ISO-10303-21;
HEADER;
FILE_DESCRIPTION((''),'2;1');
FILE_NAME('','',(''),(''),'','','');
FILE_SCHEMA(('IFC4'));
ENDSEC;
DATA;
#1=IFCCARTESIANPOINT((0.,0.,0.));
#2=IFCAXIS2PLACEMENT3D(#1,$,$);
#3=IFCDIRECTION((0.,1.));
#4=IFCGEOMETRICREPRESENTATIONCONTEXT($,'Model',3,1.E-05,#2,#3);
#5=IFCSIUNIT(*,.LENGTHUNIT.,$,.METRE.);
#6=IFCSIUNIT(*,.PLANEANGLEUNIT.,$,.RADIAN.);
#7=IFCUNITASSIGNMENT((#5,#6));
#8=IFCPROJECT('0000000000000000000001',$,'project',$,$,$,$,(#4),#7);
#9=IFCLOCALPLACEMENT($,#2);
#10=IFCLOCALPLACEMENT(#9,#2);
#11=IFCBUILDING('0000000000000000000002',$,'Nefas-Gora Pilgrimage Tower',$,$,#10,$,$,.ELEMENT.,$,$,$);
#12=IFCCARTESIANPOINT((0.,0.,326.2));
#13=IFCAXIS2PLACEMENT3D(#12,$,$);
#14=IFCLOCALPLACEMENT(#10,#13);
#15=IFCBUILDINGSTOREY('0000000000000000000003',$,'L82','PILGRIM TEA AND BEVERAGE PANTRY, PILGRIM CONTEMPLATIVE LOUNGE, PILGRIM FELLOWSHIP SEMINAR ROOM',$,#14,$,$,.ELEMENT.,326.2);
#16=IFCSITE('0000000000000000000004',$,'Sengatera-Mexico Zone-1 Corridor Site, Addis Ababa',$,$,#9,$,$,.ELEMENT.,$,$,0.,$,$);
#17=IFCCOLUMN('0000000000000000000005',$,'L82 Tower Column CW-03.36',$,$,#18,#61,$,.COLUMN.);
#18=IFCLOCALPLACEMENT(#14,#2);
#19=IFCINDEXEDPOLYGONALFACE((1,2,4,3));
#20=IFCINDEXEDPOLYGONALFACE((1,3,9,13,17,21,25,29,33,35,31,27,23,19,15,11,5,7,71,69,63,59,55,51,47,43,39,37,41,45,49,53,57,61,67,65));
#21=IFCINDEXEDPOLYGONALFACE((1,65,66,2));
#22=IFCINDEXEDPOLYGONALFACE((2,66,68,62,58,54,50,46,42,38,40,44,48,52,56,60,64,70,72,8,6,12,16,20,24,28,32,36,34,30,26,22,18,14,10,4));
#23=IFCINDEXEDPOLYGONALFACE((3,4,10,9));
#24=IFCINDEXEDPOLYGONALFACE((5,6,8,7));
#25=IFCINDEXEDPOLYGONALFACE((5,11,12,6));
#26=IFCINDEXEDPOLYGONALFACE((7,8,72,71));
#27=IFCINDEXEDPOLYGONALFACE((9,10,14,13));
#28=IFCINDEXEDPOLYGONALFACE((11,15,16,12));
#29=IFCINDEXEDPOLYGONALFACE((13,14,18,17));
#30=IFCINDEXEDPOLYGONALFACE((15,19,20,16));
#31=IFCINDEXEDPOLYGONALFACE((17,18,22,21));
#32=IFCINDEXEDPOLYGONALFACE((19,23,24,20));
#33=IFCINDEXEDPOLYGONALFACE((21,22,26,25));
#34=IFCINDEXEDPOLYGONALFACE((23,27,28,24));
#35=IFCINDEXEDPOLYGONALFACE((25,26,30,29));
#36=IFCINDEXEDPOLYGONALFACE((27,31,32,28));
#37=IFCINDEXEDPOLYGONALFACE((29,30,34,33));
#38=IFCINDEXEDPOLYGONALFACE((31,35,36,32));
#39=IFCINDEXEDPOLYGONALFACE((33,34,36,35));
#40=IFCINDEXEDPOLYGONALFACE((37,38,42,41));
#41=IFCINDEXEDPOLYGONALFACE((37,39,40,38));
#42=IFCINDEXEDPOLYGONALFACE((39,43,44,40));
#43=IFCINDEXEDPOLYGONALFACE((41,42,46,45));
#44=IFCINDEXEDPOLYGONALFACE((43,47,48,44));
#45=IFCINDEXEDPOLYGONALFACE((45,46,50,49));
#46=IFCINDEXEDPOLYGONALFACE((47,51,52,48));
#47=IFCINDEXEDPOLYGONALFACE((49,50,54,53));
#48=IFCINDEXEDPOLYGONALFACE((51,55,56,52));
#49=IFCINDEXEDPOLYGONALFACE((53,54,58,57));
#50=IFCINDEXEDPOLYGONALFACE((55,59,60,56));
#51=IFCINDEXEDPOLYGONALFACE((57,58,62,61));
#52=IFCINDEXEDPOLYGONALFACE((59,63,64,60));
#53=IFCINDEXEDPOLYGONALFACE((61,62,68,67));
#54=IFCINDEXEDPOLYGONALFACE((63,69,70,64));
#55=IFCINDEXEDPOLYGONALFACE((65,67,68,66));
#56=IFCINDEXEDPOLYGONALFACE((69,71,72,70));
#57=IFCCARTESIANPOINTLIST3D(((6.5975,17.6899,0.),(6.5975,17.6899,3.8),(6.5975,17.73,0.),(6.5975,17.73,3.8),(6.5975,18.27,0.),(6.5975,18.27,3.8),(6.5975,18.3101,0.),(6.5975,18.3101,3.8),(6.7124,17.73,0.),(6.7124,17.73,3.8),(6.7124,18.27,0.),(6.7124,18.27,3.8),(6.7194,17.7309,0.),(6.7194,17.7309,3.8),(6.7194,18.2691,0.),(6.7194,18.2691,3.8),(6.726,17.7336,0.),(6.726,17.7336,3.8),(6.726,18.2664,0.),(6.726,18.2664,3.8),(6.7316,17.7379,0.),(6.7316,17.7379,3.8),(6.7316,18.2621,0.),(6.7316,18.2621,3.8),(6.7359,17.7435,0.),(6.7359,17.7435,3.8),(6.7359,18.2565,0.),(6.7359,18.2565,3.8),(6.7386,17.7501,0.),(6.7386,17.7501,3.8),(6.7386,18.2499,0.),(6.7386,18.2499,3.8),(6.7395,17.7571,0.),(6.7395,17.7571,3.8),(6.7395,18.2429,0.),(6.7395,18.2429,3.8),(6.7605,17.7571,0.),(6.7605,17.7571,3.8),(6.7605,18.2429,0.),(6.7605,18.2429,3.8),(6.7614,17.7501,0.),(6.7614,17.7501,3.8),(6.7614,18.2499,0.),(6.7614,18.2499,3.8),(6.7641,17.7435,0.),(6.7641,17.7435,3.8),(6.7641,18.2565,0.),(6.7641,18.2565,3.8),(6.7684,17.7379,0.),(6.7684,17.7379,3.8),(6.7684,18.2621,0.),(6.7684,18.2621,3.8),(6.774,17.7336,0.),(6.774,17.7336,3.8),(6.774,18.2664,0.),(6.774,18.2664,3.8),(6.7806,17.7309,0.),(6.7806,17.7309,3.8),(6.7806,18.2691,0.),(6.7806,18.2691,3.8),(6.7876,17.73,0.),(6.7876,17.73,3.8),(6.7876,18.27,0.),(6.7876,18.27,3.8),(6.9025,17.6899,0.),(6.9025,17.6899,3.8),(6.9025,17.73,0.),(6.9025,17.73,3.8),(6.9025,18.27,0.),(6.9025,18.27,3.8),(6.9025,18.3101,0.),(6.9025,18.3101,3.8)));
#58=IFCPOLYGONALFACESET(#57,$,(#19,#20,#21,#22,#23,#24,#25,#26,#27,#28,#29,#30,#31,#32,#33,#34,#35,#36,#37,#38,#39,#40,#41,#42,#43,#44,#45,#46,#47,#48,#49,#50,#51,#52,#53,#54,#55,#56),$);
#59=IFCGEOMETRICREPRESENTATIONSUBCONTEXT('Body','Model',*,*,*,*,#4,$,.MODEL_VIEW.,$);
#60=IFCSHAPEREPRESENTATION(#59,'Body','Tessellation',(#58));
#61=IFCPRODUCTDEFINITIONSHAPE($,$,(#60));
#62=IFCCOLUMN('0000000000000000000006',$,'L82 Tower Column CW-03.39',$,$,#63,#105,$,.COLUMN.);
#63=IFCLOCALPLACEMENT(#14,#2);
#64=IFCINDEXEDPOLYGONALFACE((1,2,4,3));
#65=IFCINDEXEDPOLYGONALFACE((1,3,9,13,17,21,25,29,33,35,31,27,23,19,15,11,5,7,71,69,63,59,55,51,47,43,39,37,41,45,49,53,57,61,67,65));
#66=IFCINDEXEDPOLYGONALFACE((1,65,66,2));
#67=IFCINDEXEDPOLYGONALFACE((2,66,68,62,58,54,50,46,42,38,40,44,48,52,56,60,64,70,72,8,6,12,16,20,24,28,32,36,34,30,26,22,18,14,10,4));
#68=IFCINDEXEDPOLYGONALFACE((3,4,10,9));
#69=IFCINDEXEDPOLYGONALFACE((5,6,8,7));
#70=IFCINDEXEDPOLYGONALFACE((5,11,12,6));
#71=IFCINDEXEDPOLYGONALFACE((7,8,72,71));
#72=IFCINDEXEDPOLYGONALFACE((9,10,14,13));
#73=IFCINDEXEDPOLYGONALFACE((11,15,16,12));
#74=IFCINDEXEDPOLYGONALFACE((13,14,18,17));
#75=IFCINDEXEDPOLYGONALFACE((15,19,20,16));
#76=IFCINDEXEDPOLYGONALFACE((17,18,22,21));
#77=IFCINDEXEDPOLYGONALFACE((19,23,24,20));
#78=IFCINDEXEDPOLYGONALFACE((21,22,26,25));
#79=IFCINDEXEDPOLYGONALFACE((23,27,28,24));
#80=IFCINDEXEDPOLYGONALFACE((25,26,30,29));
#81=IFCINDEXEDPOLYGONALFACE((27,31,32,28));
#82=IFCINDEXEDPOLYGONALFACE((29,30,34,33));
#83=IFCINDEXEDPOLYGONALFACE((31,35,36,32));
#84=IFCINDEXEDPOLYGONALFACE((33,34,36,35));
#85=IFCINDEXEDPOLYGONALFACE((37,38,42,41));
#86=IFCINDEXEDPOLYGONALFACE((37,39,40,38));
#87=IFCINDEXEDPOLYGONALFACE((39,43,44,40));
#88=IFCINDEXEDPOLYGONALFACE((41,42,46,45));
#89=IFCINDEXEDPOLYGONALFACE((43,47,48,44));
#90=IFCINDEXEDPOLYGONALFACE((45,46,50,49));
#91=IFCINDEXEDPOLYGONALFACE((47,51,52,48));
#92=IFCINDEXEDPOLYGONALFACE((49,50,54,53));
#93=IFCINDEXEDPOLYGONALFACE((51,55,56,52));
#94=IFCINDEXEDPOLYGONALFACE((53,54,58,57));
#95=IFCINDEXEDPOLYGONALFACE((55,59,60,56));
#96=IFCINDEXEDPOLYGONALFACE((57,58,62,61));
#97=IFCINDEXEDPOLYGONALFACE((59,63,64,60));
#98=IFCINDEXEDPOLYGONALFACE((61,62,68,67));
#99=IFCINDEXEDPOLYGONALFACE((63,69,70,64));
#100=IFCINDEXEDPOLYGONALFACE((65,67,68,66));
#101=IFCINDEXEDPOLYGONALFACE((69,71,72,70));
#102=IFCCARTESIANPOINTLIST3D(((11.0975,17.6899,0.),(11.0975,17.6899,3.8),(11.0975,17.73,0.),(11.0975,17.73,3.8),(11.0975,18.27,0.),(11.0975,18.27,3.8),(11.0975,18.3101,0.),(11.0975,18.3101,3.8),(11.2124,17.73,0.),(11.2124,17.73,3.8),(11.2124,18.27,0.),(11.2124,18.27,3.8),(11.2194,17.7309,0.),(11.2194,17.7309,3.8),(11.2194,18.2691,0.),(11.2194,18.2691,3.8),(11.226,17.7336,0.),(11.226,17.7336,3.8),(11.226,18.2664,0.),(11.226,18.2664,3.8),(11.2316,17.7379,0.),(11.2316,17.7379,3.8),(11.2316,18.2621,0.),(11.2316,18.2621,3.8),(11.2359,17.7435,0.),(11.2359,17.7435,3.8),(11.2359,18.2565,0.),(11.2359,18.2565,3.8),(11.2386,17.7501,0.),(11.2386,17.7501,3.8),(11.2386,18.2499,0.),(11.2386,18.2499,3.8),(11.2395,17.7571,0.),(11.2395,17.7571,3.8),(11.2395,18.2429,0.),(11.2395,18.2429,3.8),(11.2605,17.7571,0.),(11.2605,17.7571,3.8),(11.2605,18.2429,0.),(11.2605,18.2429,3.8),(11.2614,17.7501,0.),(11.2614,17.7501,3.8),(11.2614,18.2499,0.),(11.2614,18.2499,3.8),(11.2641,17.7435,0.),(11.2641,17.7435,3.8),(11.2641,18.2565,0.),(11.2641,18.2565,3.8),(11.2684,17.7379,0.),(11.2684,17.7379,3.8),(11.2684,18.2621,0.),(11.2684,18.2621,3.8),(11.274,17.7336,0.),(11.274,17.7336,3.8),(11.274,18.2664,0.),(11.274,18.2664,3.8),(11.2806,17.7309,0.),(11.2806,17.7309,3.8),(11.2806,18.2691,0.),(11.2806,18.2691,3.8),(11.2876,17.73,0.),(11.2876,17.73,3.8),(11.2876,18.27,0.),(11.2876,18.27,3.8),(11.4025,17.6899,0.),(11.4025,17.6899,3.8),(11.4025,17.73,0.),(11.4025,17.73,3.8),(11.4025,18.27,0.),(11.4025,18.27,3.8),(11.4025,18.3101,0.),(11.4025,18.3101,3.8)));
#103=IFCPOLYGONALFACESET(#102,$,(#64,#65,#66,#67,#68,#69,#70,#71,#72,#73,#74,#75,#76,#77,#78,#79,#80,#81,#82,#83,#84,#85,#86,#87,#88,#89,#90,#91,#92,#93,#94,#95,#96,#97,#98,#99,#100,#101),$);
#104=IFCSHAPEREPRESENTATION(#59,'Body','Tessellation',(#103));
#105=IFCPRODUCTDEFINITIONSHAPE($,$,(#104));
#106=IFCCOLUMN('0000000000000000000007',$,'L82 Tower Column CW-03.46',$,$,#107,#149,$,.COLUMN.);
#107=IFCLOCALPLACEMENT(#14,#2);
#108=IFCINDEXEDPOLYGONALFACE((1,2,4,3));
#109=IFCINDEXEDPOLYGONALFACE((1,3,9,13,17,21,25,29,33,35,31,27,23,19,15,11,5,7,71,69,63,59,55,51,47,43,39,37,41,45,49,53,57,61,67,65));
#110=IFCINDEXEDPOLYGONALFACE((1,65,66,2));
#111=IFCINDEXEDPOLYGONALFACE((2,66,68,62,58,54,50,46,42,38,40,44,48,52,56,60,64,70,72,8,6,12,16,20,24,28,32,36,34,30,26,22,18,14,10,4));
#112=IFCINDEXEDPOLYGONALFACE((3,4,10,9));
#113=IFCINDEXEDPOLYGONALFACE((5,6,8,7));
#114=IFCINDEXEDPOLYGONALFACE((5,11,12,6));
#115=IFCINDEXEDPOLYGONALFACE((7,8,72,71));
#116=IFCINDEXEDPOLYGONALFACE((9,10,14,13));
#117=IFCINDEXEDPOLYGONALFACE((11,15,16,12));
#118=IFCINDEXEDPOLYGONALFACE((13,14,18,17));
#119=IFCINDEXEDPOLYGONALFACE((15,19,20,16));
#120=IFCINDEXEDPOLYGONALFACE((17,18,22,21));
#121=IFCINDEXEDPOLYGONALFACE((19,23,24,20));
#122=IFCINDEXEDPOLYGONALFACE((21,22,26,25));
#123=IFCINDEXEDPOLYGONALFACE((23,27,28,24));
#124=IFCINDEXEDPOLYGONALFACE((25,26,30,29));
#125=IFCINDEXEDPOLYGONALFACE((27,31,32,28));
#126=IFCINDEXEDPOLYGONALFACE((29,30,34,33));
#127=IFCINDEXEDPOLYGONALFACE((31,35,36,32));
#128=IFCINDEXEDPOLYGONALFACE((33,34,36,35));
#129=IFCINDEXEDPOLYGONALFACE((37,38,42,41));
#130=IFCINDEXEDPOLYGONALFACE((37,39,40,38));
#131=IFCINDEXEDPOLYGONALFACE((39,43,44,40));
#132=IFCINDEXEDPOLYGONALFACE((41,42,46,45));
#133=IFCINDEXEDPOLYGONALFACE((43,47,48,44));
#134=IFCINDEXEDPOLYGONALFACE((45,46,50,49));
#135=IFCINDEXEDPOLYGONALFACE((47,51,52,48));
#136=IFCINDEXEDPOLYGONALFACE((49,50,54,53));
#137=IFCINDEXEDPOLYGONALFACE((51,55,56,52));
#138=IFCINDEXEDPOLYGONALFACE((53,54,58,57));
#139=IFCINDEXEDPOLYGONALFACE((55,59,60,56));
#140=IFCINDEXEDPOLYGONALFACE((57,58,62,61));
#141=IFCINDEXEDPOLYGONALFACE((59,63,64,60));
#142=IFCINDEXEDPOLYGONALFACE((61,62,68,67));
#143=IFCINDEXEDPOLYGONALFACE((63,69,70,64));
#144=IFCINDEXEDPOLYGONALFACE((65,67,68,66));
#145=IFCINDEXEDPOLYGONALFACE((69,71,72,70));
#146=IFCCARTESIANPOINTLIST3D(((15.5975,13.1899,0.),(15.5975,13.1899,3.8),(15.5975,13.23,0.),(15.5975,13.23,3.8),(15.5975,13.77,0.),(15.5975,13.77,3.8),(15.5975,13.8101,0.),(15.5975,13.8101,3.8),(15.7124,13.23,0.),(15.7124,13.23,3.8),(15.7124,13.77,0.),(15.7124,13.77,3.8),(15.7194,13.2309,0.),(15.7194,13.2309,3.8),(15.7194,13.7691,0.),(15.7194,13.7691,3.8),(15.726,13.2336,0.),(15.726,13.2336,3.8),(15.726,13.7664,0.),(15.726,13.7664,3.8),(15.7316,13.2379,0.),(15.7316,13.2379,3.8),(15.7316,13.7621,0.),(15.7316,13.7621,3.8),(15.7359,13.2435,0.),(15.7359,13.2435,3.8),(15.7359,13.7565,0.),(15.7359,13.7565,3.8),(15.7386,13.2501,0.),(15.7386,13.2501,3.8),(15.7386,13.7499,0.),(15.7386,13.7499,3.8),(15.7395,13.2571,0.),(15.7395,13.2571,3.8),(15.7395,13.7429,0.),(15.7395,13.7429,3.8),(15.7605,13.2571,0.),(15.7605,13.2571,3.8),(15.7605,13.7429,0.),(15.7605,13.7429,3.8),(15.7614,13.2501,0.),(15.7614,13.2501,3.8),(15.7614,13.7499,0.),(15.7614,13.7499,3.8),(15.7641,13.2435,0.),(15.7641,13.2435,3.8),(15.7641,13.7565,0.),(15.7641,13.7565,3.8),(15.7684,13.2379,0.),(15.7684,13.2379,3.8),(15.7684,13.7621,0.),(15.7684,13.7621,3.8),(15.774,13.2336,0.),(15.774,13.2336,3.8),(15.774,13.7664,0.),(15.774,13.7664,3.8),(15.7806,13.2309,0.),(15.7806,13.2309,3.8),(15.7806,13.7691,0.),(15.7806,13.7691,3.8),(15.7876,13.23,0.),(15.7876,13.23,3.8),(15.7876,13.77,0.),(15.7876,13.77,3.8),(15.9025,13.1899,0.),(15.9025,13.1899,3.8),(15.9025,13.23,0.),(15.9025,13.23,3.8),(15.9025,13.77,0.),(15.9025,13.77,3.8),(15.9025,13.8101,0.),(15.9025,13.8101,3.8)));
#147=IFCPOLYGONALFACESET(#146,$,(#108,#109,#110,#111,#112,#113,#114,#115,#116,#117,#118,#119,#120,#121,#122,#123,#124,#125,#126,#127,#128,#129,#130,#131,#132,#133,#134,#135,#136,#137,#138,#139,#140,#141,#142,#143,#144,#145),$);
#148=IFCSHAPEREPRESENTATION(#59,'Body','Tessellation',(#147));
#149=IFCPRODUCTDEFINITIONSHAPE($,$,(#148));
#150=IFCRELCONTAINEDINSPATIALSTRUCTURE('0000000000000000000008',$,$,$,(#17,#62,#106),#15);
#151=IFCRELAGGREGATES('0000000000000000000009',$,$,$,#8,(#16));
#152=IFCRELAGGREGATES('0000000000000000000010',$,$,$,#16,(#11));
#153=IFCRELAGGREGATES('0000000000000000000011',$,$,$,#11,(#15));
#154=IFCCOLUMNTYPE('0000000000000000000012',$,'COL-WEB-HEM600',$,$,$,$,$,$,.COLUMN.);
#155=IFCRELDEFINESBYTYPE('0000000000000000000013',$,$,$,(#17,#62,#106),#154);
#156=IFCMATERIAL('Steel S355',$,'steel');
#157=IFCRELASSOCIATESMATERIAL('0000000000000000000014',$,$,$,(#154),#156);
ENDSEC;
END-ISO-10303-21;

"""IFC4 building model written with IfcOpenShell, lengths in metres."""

from ifc_helpers import new_model, si_unit, direction, frame, origin, origin_2d, place, context, subcontext, project, spatial, i_section, extrude, source, transform, mapped, material, material_profile, profile_set, type_object, element, save


model = new_model("IFC4")

# Units and contexts
model_context = context("Model", 3, precision=1e-05, world=origin(), true_north=direction((0.0, 1.0)))
body_context = subcontext(model_context, "Body", "Model", "MODEL_VIEW")
ifc_project = project(units=[si_unit("LENGTHUNIT", "METRE"), si_unit("PLANEANGLEUNIT", "RADIAN")], contexts=[model_context])

# Site, building, storey
site_placement = place(None, origin())
site = spatial("IfcSite", under=ifc_project, at=site_placement, Name="Sengatera-Mexico Zone-1 Corridor Site, Addis Ababa", CompositionType="ELEMENT", RefElevation=0.0)
building_placement = place(site_placement, origin())
building = spatial("IfcBuilding", under=site, at=building_placement, Name="Nefas-Gora Pilgrimage Tower", CompositionType="ELEMENT")
storey_placement = place(building_placement, frame((0.0, 0.0, 326.2)))
storey = spatial("IfcBuildingStorey", under=building, at=storey_placement, Name="L82", Description="PILGRIM TEA AND BEVERAGE PANTRY, PILGRIM CONTEMPLATIVE LOUNGE, PILGRIM FELLOWSHIP SEMINAR ROOM", CompositionType="ELEMENT", Elevation=326.2)

# Columns
ifc_material_1 = material(Name="Steel S355", Category="steel")
ifc_material_profile_1 = material_profile(ifc_material_1, i_section(OverallWidth=0.3049, OverallDepth=0.6201, WebThickness=0.021, FlangeThickness=0.04, FilletRadius=0.0271, at=origin_2d()), Name="HEM 600")
ifc_profile_set_1 = profile_set([ifc_material_profile_1], Name="Steel S355")
column_type_1 = type_object("IfcColumnType", Name="COL-WEB-HEM600", PredefinedType="COLUMN", material=ifc_profile_set_1)
shared_shape_1 = source(origin(), body_context, "Body", "SweptSolid", [
    extrude(i_section(OverallWidth=0.3049, OverallDepth=0.6201, WebThickness=0.021, FlangeThickness=0.04, FilletRadius=0.0271, at=origin_2d()), origin(), (0.0, 0.0, 1.0), 3.8),
])
for number, where, z_axis, x_axis, name in (
    (1, (6.75, 18.0, 0.0), (0.0, 0.0, 1.0), (1.0, 0.0, 0.0), "L82 Tower Column CW-03.36"),
    (2, (11.25, 18.0, 0.0), (0.0, 0.0, 1.0), (1.0, 0.0, 0.0), "L82 Tower Column CW-03.39"),
    (3, (15.75, 13.5, 0.0), (0.0, 0.0, 1.0), (1.0, 0.0, 0.0), "L82 Tower Column CW-03.46"),
):
    element("IfcColumn", number, at=place(storey_placement, frame(where, z_axis=z_axis, x_axis=x_axis)), inside=storey, type_object=column_type_1, Name=name, PredefinedType="COLUMN", context=body_context, shape_type="MappedRepresentation", body=[
        mapped(shared_shape_1, transform((0.0, 0.0, 0.0), x_axis=(1.0, 0.0, 0.0), y_axis=(0.0, 1.0, 0.0), z_axis=(0.0, 0.0, 1.0), scale=1.0)),
    ])

save(model, "model.ifc")
